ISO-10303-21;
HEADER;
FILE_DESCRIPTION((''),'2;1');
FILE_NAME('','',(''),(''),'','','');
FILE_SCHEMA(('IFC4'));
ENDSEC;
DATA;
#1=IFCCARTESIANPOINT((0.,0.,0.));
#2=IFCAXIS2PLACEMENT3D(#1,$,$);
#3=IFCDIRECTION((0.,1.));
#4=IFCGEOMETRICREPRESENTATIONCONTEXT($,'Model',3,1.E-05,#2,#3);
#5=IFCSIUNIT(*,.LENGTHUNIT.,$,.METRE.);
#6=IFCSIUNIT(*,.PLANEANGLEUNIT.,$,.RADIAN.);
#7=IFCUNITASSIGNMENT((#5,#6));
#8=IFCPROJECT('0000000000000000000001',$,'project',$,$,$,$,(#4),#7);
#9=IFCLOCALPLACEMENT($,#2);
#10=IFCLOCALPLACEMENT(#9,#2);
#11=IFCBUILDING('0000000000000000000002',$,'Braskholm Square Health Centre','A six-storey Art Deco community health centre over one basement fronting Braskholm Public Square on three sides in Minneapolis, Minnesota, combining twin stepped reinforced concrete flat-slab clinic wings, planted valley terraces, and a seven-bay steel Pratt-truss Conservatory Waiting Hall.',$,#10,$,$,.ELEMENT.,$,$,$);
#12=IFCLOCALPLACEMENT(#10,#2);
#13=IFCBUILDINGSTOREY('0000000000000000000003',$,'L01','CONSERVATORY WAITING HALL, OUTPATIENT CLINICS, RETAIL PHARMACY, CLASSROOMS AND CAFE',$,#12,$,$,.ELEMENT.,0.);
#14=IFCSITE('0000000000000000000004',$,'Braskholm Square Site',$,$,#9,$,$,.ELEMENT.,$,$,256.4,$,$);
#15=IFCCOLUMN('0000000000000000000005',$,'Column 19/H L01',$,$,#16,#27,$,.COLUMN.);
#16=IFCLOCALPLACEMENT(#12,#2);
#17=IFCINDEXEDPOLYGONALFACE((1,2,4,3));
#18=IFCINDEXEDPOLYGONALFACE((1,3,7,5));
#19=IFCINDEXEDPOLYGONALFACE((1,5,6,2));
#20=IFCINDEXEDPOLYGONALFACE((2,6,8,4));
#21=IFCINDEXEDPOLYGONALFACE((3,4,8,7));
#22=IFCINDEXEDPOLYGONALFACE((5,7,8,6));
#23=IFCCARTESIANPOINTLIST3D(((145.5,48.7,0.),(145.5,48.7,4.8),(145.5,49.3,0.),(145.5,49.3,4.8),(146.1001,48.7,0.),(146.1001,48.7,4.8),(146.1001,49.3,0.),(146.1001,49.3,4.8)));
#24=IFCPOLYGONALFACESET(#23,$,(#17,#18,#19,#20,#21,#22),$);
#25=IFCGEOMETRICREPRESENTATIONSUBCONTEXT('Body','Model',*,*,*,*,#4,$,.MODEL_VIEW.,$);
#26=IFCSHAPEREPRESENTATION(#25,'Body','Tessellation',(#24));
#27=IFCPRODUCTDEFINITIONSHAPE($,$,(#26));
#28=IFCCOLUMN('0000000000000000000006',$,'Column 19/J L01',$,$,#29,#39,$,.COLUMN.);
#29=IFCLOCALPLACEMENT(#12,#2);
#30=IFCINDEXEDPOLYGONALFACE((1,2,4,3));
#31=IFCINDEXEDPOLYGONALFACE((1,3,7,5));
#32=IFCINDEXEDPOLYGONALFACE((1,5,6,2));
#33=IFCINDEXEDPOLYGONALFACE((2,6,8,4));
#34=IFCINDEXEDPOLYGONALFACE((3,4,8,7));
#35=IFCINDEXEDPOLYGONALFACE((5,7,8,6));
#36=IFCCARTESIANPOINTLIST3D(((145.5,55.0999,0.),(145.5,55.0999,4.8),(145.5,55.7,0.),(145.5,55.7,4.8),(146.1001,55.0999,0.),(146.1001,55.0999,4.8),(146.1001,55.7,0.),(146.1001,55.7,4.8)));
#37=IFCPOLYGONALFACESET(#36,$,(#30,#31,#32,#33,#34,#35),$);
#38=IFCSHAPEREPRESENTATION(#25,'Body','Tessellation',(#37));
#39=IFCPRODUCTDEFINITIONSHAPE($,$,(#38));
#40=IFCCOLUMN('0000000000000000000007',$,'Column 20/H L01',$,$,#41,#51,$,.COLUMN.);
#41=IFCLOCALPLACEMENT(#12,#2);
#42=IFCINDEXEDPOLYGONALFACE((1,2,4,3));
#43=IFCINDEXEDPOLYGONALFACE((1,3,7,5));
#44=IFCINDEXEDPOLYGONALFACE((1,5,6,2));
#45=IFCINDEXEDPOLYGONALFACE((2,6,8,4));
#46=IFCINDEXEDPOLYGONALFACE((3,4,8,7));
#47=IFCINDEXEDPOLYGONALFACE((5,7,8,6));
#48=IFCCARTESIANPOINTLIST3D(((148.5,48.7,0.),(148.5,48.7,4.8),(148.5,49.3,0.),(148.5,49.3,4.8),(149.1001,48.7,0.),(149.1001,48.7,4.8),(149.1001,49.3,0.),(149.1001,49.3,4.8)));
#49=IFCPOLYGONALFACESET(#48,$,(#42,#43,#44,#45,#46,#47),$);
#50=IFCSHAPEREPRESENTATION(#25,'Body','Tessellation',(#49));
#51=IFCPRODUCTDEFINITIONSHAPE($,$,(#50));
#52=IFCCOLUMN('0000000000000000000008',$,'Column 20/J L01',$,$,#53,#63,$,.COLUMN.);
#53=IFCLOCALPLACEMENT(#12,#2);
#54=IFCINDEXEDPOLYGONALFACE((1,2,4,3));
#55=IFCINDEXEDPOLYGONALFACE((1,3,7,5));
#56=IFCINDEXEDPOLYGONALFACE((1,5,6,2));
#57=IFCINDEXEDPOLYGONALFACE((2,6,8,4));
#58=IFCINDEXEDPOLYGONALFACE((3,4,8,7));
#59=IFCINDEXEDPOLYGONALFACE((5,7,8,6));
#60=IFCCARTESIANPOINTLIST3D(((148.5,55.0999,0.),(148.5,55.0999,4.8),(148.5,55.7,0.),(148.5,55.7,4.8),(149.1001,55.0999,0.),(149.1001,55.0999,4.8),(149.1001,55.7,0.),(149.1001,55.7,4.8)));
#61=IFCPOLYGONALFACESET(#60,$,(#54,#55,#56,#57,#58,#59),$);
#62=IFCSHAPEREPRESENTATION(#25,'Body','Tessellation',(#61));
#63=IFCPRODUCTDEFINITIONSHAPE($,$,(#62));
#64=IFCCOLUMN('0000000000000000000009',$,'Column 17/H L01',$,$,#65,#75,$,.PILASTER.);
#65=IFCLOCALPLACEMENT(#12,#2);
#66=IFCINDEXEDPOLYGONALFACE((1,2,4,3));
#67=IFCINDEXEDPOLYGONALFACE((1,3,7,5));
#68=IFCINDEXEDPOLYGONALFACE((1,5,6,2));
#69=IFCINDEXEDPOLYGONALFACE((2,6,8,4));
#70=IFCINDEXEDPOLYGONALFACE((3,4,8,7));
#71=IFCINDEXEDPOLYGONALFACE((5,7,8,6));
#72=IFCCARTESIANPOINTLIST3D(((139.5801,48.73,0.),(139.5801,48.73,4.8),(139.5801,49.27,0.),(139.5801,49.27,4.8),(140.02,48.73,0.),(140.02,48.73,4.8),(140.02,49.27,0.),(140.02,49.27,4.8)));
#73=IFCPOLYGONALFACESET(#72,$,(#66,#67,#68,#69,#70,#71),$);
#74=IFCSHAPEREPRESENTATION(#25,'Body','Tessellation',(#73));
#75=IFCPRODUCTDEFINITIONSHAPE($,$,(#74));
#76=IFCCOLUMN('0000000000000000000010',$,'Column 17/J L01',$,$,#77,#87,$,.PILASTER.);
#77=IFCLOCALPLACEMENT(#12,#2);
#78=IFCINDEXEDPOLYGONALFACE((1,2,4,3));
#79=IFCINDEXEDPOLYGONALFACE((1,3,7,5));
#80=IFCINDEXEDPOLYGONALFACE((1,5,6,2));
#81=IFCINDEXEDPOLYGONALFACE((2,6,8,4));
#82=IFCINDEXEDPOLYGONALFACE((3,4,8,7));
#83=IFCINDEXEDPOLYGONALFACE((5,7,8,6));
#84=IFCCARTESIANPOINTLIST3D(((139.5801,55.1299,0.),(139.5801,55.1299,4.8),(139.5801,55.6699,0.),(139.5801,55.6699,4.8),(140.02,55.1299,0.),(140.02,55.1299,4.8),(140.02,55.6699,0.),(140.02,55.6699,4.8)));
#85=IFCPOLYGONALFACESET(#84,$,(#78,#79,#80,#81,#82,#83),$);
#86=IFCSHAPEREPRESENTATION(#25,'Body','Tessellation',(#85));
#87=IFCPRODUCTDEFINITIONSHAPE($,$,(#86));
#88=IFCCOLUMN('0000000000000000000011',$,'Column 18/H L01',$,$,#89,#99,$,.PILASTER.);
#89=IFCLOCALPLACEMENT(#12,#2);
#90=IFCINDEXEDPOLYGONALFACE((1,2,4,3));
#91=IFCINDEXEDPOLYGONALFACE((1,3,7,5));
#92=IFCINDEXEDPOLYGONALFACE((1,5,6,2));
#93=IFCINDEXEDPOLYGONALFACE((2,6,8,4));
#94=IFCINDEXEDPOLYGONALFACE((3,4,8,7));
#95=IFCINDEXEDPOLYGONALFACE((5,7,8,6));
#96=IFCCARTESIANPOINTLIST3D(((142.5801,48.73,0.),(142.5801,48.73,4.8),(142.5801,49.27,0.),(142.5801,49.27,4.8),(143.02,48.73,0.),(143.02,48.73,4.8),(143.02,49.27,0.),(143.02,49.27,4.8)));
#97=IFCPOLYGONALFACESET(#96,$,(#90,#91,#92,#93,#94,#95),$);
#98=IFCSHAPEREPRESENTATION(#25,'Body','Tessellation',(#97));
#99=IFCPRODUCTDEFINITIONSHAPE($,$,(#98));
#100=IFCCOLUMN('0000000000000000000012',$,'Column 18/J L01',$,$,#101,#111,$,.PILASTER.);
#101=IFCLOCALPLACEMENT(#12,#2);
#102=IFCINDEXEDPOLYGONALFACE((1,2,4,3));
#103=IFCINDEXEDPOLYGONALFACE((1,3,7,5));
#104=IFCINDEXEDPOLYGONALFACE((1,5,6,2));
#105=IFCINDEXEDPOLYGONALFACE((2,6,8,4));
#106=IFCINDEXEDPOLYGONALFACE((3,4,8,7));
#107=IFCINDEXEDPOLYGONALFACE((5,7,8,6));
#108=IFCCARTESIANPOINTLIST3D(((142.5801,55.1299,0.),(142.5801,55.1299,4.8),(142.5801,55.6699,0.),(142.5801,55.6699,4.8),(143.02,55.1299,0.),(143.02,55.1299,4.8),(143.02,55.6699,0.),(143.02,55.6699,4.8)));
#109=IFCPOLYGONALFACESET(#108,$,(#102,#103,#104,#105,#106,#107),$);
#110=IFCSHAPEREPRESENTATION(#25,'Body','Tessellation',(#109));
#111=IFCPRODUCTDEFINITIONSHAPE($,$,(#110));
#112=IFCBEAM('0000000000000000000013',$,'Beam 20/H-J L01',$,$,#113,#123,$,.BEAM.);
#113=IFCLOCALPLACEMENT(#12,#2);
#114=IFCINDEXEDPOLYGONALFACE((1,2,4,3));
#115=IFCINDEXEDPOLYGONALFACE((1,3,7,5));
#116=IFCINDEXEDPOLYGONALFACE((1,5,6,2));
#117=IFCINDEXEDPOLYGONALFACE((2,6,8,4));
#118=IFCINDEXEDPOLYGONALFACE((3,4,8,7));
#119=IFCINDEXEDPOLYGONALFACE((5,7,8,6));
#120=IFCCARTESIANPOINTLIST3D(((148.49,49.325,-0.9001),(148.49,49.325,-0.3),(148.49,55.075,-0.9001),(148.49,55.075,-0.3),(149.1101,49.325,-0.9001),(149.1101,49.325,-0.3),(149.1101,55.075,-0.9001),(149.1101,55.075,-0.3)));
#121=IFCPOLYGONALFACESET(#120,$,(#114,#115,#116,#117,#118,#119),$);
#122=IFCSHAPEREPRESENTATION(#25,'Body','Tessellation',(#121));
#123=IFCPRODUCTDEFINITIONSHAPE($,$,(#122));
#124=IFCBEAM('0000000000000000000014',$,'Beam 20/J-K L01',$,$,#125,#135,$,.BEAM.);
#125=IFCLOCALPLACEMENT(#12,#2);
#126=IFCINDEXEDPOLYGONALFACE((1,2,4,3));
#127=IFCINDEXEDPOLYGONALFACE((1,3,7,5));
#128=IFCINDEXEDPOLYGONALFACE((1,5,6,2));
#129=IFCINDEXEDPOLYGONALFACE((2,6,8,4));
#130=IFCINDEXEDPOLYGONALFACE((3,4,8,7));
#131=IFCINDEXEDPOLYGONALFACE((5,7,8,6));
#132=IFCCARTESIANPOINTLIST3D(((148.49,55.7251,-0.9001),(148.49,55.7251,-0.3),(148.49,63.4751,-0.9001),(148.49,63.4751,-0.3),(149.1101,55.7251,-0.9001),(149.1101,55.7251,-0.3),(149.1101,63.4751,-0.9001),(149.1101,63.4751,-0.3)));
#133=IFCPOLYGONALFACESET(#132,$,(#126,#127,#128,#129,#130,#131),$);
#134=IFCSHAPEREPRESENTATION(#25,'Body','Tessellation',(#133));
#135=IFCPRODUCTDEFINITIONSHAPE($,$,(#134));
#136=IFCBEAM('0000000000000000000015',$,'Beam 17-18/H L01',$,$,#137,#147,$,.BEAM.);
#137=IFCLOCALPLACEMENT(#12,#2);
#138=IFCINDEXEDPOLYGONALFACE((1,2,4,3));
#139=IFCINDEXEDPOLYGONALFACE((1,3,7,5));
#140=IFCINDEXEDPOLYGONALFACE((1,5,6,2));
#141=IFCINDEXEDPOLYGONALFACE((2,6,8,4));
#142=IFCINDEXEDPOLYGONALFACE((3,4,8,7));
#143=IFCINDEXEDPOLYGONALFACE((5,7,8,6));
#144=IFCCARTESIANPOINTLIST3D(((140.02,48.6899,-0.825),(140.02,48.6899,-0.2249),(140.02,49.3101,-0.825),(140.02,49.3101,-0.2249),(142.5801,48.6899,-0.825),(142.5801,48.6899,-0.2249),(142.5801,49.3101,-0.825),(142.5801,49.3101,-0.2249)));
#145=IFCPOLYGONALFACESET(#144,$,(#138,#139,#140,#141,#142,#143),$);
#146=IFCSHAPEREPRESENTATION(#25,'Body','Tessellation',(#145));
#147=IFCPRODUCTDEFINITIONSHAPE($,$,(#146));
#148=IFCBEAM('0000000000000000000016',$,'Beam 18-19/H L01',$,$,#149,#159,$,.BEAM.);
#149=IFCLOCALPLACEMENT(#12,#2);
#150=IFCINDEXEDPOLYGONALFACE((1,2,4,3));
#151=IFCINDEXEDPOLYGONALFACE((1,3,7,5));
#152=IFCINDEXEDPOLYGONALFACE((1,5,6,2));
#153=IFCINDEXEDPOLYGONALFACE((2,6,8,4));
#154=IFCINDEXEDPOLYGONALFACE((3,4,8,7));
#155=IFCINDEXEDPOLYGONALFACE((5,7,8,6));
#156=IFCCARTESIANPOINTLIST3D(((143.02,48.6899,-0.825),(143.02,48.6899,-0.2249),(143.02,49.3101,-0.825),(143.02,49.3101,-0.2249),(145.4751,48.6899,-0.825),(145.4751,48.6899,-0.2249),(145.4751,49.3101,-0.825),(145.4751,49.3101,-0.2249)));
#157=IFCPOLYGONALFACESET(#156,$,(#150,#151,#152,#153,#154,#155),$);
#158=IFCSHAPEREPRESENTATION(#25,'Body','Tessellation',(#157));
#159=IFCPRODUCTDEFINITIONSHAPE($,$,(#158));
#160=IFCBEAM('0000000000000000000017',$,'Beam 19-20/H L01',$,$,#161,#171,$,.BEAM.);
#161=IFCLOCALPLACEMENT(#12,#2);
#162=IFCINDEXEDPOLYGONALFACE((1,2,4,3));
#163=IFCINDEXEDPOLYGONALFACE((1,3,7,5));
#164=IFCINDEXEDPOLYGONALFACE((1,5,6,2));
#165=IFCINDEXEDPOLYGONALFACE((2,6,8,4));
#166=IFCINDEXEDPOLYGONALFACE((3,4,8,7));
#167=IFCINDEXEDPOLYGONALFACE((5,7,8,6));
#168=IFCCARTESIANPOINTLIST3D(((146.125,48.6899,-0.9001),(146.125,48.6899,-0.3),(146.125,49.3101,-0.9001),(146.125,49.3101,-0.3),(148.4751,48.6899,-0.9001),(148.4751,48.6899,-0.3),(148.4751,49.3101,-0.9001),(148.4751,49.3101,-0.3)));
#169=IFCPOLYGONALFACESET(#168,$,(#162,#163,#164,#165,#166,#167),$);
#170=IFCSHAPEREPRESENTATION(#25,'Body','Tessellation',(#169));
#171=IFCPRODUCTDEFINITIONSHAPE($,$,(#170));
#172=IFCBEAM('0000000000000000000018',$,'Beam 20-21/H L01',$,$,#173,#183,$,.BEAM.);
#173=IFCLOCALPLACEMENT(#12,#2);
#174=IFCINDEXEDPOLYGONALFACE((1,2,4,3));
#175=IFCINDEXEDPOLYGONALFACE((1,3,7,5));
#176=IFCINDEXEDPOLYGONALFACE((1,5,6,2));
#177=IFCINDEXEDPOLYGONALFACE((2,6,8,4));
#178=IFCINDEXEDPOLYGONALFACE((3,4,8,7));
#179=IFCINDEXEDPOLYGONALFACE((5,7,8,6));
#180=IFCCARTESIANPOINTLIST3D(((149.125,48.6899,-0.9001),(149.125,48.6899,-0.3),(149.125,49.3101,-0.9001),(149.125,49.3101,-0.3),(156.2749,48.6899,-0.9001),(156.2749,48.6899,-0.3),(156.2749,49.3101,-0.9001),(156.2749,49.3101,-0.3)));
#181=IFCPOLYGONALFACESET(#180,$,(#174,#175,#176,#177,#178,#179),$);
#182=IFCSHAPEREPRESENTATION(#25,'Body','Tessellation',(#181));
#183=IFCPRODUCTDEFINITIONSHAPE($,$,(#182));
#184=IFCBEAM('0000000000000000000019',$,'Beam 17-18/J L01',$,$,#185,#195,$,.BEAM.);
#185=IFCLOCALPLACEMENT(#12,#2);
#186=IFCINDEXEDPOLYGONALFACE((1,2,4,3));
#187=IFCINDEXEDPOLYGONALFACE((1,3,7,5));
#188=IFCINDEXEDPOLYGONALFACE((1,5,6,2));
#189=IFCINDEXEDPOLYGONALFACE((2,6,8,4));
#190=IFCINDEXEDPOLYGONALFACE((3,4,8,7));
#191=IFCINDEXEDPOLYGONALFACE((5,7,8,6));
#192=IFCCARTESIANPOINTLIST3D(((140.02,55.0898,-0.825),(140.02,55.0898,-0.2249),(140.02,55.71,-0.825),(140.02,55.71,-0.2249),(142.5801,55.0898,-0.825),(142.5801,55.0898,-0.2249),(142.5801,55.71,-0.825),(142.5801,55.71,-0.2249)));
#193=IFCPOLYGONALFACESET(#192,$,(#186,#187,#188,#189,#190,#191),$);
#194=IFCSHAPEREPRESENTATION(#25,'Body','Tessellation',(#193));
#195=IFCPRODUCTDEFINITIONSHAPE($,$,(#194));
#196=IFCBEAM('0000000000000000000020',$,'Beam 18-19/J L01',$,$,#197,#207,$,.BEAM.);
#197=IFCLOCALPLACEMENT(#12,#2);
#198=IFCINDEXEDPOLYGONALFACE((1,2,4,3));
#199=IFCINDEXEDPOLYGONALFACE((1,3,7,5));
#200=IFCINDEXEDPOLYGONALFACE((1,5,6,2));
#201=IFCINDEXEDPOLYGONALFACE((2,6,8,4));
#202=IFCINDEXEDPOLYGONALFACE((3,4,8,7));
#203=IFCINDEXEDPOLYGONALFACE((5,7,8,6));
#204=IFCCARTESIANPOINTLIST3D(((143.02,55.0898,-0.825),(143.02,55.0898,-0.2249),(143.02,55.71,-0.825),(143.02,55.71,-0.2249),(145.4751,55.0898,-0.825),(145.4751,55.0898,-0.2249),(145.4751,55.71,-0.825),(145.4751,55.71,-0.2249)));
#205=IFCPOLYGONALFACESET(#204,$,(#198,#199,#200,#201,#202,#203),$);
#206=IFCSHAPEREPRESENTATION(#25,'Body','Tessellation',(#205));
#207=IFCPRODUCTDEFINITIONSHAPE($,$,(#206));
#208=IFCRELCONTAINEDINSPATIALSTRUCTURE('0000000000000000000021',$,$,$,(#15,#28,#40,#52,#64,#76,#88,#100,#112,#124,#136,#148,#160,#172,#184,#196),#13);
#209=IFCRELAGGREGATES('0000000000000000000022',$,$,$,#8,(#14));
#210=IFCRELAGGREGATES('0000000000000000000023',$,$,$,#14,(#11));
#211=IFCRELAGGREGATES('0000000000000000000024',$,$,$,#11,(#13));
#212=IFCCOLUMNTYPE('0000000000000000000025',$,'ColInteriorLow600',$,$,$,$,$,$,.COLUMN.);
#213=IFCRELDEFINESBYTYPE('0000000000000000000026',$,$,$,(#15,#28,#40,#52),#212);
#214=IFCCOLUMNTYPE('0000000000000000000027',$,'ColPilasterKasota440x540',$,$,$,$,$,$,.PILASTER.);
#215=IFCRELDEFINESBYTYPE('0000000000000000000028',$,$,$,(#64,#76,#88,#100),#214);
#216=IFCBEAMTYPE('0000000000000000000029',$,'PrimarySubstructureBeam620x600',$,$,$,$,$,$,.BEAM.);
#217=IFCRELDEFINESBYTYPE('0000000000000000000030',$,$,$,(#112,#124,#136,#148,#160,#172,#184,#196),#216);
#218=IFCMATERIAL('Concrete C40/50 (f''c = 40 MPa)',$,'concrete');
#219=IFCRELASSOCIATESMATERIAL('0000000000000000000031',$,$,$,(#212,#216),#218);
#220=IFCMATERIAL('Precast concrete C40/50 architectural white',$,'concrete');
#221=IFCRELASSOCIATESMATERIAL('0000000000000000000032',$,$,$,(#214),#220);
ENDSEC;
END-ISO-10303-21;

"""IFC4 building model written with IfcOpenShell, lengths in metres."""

from ifc_helpers import new_model, si_unit, direction, frame, origin, origin_2d, place, context, subcontext, project, spatial, rectangle, extrude, material, material_profile, profile_set, type_object, element, save


model = new_model("IFC4")

# Units and contexts
model_context = context("Model", 3, precision=1e-05, world=origin(), true_north=direction((0.0, 1.0)))
body_context = subcontext(model_context, "Body", "Model", "MODEL_VIEW")
ifc_project = project(units=[si_unit("LENGTHUNIT", "METRE"), si_unit("PLANEANGLEUNIT", "RADIAN")], contexts=[model_context])

# Site, building, storey
site_placement = place(None, origin())
site = spatial("IfcSite", under=ifc_project, at=site_placement, Name="Braskholm Square Site", CompositionType="ELEMENT", RefElevation=256.4)
building_placement = place(site_placement, origin())
building = spatial("IfcBuilding", under=site, at=building_placement, Name="Braskholm Square Health Centre", Description="A six-storey Art Deco community health centre over one basement fronting Braskholm Public Square on three sides in Minneapolis, Minnesota, combining twin stepped reinforced concrete flat-slab clinic wings, planted valley terraces, and a seven-bay steel Pratt-truss Conservatory Waiting Hall.", CompositionType="ELEMENT")
storey_placement = place(building_placement, origin())
storey = spatial("IfcBuildingStorey", under=building, at=storey_placement, Name="L01", Description="CONSERVATORY WAITING HALL, OUTPATIENT CLINICS, RETAIL PHARMACY, CLASSROOMS AND CAFE", CompositionType="ELEMENT", Elevation=0.0)

# Columns
ifc_material_1 = material(Name="Concrete C40/50 (f'c = 40 MPa)", Category="concrete")
ifc_material_profile_1 = material_profile(ifc_material_1, rectangle(XDim=0.6001, YDim=0.6001, at=origin_2d()), Name="RC-600X600")
ifc_profile_set_1 = profile_set([ifc_material_profile_1], Name="Concrete C40/50 (f'c = 40 MPa)")
column_type_1 = type_object("IfcColumnType", Name="ColInteriorLow600", PredefinedType="COLUMN", material=ifc_profile_set_1)
for number, where, z_axis, x_axis, name in (
    (1, (145.8, 49.0, 0.0), (0.0, 0.0, 1.0), (1.0, 0.0, 0.0), "Column 19/H L01"),
    (2, (145.8, 55.3999, 0.0), (0.0, 0.0, 1.0), (1.0, 0.0, 0.0), "Column 19/J L01"),
    (3, (148.8, 49.0, 0.0), (0.0, 0.0, 1.0), (1.0, 0.0, 0.0), "Column 20/H L01"),
    (4, (148.8, 55.3999, 0.0), (0.0, 0.0, 1.0), (1.0, 0.0, 0.0), "Column 20/J L01"),
):
    element("IfcColumn", number, at=place(storey_placement, frame(where, z_axis=z_axis, x_axis=x_axis)), inside=storey, type_object=column_type_1, Name=name, PredefinedType="COLUMN", context=body_context, shape_type="SweptSolid", body=[
        extrude(rectangle(XDim=0.6001, YDim=0.6001, at=origin_2d()), origin(), (0.0, 0.0, 1.0), 4.8),
    ])
ifc_material_2 = material(Name="Precast concrete C40/50 architectural white", Category="concrete")
ifc_material_profile_2 = material_profile(ifc_material_2, rectangle(XDim=0.4399, YDim=0.54, at=origin_2d()), Name="RC-440X540")
ifc_profile_set_2 = profile_set([ifc_material_profile_2], Name="Precast concrete C40/50 architectural white")
column_type_2 = type_object("IfcColumnType", Name="ColPilasterKasota440x540", PredefinedType="PILASTER", material=ifc_profile_set_2)
for number, where, z_axis, x_axis, name in (
    (5, (139.8, 49.0, 0.0), (0.0, 0.0, 1.0), (1.0, 0.0, 0.0), "Column 17/H L01"),
    (6, (139.8, 55.3999, 0.0), (0.0, 0.0, 1.0), (1.0, 0.0, 0.0), "Column 17/J L01"),
    (7, (142.8, 49.0, 0.0), (0.0, 0.0, 1.0), (1.0, 0.0, 0.0), "Column 18/H L01"),
    (8, (142.8, 55.3999, 0.0), (0.0, 0.0, 1.0), (1.0, 0.0, 0.0), "Column 18/J L01"),
):
    element("IfcColumn", number, at=place(storey_placement, frame(where, z_axis=z_axis, x_axis=x_axis)), inside=storey, type_object=column_type_2, Name=name, PredefinedType="PILASTER", context=body_context, shape_type="SweptSolid", body=[
        extrude(rectangle(XDim=0.4399, YDim=0.54, at=origin_2d()), origin(), (0.0, 0.0, 1.0), 4.8),
    ])

# Beams
ifc_material_profile_3 = material_profile(ifc_material_1, rectangle(XDim=0.6201, YDim=0.6001, at=origin_2d()), Name="RCB-620X600")
ifc_profile_set_3 = profile_set([ifc_material_profile_3], Name="Concrete C40/50 (f'c = 40 MPa)")
beam_type_1 = type_object("IfcBeamType", Name="PrimarySubstructureBeam620x600", PredefinedType="BEAM", material=ifc_profile_set_3)
beam_1_placement = place(storey_placement, frame((148.8, 49.325, -0.6001), z_axis=(0.0, 1.0, 0.0), x_axis=(-1.0, 0.0, 0.0)))
element("IfcBeam", 9, at=beam_1_placement, inside=storey, type_object=beam_type_1, Name="Beam 20/H-J L01", PredefinedType="BEAM", context=body_context, shape_type="SweptSolid", body=[
    extrude(rectangle(XDim=0.6201, YDim=0.6001, at=origin_2d()), origin(), (0.0, 0.0, 1.0), 5.75),
])
beam_2_placement = place(storey_placement, frame((148.8, 55.7251, -0.6001), z_axis=(0.0, 1.0, 0.0), x_axis=(-1.0, 0.0, 0.0)))
element("IfcBeam", 10, at=beam_2_placement, inside=storey, type_object=beam_type_1, Name="Beam 20/J-K L01", PredefinedType="BEAM", context=body_context, shape_type="SweptSolid", body=[
    extrude(rectangle(XDim=0.6201, YDim=0.6001, at=origin_2d()), origin(), (0.0, 0.0, 1.0), 7.75),
])
beam_3_placement = place(storey_placement, frame((140.02, 49.0, -0.5249), z_axis=(1.0, 0.0, 0.0), x_axis=(0.0, 1.0, 0.0)))
element("IfcBeam", 11, at=beam_3_placement, inside=storey, type_object=beam_type_1, Name="Beam 17-18/H L01", PredefinedType="BEAM", context=body_context, shape_type="SweptSolid", body=[
    extrude(rectangle(XDim=0.6201, YDim=0.6001, at=origin_2d()), origin(), (0.0, 0.0, 1.0), 2.5601),
])
beam_4_placement = place(storey_placement, frame((143.02, 49.0, -0.5249), z_axis=(1.0, 0.0, 0.0), x_axis=(0.0, 1.0, 0.0)))
element("IfcBeam", 12, at=beam_4_placement, inside=storey, type_object=beam_type_1, Name="Beam 18-19/H L01", PredefinedType="BEAM", context=body_context, shape_type="SweptSolid", body=[
    extrude(rectangle(XDim=0.6201, YDim=0.6001, at=origin_2d()), origin(), (0.0, 0.0, 1.0), 2.4551),
])
beam_5_placement = place(storey_placement, frame((146.125, 49.0, -0.6001), z_axis=(1.0, 0.0, 0.0), x_axis=(0.0, 1.0, 0.0)))
element("IfcBeam", 13, at=beam_5_placement, inside=storey, type_object=beam_type_1, Name="Beam 19-20/H L01", PredefinedType="BEAM", context=body_context, shape_type="SweptSolid", body=[
    extrude(rectangle(XDim=0.6201, YDim=0.6001, at=origin_2d()), origin(), (0.0, 0.0, 1.0), 2.3501),
])
beam_6_placement = place(storey_placement, frame((149.125, 49.0, -0.6001), z_axis=(1.0, 0.0, 0.0), x_axis=(0.0, 1.0, 0.0)))
element("IfcBeam", 14, at=beam_6_placement, inside=storey, type_object=beam_type_1, Name="Beam 20-21/H L01", PredefinedType="BEAM", context=body_context, shape_type="SweptSolid", body=[
    extrude(rectangle(XDim=0.6201, YDim=0.6001, at=origin_2d()), origin(), (0.0, 0.0, 1.0), 7.1499),
])
beam_7_placement = place(storey_placement, frame((140.02, 55.3999, -0.5249), z_axis=(1.0, 0.0, 0.0), x_axis=(0.0, 1.0, 0.0)))
element("IfcBeam", 15, at=beam_7_placement, inside=storey, type_object=beam_type_1, Name="Beam 17-18/J L01", PredefinedType="BEAM", context=body_context, shape_type="SweptSolid", body=[
    extrude(rectangle(XDim=0.6201, YDim=0.6001, at=origin_2d()), origin(), (0.0, 0.0, 1.0), 2.5601),
])
beam_8_placement = place(storey_placement, frame((143.02, 55.3999, -0.5249), z_axis=(1.0, 0.0, 0.0), x_axis=(0.0, 1.0, 0.0)))
element("IfcBeam", 16, at=beam_8_placement, inside=storey, type_object=beam_type_1, Name="Beam 18-19/J L01", PredefinedType="BEAM", context=body_context, shape_type="SweptSolid", body=[
    extrude(rectangle(XDim=0.6201, YDim=0.6001, at=origin_2d()), origin(), (0.0, 0.0, 1.0), 2.4551),
])

save(model, "model.ifc")
